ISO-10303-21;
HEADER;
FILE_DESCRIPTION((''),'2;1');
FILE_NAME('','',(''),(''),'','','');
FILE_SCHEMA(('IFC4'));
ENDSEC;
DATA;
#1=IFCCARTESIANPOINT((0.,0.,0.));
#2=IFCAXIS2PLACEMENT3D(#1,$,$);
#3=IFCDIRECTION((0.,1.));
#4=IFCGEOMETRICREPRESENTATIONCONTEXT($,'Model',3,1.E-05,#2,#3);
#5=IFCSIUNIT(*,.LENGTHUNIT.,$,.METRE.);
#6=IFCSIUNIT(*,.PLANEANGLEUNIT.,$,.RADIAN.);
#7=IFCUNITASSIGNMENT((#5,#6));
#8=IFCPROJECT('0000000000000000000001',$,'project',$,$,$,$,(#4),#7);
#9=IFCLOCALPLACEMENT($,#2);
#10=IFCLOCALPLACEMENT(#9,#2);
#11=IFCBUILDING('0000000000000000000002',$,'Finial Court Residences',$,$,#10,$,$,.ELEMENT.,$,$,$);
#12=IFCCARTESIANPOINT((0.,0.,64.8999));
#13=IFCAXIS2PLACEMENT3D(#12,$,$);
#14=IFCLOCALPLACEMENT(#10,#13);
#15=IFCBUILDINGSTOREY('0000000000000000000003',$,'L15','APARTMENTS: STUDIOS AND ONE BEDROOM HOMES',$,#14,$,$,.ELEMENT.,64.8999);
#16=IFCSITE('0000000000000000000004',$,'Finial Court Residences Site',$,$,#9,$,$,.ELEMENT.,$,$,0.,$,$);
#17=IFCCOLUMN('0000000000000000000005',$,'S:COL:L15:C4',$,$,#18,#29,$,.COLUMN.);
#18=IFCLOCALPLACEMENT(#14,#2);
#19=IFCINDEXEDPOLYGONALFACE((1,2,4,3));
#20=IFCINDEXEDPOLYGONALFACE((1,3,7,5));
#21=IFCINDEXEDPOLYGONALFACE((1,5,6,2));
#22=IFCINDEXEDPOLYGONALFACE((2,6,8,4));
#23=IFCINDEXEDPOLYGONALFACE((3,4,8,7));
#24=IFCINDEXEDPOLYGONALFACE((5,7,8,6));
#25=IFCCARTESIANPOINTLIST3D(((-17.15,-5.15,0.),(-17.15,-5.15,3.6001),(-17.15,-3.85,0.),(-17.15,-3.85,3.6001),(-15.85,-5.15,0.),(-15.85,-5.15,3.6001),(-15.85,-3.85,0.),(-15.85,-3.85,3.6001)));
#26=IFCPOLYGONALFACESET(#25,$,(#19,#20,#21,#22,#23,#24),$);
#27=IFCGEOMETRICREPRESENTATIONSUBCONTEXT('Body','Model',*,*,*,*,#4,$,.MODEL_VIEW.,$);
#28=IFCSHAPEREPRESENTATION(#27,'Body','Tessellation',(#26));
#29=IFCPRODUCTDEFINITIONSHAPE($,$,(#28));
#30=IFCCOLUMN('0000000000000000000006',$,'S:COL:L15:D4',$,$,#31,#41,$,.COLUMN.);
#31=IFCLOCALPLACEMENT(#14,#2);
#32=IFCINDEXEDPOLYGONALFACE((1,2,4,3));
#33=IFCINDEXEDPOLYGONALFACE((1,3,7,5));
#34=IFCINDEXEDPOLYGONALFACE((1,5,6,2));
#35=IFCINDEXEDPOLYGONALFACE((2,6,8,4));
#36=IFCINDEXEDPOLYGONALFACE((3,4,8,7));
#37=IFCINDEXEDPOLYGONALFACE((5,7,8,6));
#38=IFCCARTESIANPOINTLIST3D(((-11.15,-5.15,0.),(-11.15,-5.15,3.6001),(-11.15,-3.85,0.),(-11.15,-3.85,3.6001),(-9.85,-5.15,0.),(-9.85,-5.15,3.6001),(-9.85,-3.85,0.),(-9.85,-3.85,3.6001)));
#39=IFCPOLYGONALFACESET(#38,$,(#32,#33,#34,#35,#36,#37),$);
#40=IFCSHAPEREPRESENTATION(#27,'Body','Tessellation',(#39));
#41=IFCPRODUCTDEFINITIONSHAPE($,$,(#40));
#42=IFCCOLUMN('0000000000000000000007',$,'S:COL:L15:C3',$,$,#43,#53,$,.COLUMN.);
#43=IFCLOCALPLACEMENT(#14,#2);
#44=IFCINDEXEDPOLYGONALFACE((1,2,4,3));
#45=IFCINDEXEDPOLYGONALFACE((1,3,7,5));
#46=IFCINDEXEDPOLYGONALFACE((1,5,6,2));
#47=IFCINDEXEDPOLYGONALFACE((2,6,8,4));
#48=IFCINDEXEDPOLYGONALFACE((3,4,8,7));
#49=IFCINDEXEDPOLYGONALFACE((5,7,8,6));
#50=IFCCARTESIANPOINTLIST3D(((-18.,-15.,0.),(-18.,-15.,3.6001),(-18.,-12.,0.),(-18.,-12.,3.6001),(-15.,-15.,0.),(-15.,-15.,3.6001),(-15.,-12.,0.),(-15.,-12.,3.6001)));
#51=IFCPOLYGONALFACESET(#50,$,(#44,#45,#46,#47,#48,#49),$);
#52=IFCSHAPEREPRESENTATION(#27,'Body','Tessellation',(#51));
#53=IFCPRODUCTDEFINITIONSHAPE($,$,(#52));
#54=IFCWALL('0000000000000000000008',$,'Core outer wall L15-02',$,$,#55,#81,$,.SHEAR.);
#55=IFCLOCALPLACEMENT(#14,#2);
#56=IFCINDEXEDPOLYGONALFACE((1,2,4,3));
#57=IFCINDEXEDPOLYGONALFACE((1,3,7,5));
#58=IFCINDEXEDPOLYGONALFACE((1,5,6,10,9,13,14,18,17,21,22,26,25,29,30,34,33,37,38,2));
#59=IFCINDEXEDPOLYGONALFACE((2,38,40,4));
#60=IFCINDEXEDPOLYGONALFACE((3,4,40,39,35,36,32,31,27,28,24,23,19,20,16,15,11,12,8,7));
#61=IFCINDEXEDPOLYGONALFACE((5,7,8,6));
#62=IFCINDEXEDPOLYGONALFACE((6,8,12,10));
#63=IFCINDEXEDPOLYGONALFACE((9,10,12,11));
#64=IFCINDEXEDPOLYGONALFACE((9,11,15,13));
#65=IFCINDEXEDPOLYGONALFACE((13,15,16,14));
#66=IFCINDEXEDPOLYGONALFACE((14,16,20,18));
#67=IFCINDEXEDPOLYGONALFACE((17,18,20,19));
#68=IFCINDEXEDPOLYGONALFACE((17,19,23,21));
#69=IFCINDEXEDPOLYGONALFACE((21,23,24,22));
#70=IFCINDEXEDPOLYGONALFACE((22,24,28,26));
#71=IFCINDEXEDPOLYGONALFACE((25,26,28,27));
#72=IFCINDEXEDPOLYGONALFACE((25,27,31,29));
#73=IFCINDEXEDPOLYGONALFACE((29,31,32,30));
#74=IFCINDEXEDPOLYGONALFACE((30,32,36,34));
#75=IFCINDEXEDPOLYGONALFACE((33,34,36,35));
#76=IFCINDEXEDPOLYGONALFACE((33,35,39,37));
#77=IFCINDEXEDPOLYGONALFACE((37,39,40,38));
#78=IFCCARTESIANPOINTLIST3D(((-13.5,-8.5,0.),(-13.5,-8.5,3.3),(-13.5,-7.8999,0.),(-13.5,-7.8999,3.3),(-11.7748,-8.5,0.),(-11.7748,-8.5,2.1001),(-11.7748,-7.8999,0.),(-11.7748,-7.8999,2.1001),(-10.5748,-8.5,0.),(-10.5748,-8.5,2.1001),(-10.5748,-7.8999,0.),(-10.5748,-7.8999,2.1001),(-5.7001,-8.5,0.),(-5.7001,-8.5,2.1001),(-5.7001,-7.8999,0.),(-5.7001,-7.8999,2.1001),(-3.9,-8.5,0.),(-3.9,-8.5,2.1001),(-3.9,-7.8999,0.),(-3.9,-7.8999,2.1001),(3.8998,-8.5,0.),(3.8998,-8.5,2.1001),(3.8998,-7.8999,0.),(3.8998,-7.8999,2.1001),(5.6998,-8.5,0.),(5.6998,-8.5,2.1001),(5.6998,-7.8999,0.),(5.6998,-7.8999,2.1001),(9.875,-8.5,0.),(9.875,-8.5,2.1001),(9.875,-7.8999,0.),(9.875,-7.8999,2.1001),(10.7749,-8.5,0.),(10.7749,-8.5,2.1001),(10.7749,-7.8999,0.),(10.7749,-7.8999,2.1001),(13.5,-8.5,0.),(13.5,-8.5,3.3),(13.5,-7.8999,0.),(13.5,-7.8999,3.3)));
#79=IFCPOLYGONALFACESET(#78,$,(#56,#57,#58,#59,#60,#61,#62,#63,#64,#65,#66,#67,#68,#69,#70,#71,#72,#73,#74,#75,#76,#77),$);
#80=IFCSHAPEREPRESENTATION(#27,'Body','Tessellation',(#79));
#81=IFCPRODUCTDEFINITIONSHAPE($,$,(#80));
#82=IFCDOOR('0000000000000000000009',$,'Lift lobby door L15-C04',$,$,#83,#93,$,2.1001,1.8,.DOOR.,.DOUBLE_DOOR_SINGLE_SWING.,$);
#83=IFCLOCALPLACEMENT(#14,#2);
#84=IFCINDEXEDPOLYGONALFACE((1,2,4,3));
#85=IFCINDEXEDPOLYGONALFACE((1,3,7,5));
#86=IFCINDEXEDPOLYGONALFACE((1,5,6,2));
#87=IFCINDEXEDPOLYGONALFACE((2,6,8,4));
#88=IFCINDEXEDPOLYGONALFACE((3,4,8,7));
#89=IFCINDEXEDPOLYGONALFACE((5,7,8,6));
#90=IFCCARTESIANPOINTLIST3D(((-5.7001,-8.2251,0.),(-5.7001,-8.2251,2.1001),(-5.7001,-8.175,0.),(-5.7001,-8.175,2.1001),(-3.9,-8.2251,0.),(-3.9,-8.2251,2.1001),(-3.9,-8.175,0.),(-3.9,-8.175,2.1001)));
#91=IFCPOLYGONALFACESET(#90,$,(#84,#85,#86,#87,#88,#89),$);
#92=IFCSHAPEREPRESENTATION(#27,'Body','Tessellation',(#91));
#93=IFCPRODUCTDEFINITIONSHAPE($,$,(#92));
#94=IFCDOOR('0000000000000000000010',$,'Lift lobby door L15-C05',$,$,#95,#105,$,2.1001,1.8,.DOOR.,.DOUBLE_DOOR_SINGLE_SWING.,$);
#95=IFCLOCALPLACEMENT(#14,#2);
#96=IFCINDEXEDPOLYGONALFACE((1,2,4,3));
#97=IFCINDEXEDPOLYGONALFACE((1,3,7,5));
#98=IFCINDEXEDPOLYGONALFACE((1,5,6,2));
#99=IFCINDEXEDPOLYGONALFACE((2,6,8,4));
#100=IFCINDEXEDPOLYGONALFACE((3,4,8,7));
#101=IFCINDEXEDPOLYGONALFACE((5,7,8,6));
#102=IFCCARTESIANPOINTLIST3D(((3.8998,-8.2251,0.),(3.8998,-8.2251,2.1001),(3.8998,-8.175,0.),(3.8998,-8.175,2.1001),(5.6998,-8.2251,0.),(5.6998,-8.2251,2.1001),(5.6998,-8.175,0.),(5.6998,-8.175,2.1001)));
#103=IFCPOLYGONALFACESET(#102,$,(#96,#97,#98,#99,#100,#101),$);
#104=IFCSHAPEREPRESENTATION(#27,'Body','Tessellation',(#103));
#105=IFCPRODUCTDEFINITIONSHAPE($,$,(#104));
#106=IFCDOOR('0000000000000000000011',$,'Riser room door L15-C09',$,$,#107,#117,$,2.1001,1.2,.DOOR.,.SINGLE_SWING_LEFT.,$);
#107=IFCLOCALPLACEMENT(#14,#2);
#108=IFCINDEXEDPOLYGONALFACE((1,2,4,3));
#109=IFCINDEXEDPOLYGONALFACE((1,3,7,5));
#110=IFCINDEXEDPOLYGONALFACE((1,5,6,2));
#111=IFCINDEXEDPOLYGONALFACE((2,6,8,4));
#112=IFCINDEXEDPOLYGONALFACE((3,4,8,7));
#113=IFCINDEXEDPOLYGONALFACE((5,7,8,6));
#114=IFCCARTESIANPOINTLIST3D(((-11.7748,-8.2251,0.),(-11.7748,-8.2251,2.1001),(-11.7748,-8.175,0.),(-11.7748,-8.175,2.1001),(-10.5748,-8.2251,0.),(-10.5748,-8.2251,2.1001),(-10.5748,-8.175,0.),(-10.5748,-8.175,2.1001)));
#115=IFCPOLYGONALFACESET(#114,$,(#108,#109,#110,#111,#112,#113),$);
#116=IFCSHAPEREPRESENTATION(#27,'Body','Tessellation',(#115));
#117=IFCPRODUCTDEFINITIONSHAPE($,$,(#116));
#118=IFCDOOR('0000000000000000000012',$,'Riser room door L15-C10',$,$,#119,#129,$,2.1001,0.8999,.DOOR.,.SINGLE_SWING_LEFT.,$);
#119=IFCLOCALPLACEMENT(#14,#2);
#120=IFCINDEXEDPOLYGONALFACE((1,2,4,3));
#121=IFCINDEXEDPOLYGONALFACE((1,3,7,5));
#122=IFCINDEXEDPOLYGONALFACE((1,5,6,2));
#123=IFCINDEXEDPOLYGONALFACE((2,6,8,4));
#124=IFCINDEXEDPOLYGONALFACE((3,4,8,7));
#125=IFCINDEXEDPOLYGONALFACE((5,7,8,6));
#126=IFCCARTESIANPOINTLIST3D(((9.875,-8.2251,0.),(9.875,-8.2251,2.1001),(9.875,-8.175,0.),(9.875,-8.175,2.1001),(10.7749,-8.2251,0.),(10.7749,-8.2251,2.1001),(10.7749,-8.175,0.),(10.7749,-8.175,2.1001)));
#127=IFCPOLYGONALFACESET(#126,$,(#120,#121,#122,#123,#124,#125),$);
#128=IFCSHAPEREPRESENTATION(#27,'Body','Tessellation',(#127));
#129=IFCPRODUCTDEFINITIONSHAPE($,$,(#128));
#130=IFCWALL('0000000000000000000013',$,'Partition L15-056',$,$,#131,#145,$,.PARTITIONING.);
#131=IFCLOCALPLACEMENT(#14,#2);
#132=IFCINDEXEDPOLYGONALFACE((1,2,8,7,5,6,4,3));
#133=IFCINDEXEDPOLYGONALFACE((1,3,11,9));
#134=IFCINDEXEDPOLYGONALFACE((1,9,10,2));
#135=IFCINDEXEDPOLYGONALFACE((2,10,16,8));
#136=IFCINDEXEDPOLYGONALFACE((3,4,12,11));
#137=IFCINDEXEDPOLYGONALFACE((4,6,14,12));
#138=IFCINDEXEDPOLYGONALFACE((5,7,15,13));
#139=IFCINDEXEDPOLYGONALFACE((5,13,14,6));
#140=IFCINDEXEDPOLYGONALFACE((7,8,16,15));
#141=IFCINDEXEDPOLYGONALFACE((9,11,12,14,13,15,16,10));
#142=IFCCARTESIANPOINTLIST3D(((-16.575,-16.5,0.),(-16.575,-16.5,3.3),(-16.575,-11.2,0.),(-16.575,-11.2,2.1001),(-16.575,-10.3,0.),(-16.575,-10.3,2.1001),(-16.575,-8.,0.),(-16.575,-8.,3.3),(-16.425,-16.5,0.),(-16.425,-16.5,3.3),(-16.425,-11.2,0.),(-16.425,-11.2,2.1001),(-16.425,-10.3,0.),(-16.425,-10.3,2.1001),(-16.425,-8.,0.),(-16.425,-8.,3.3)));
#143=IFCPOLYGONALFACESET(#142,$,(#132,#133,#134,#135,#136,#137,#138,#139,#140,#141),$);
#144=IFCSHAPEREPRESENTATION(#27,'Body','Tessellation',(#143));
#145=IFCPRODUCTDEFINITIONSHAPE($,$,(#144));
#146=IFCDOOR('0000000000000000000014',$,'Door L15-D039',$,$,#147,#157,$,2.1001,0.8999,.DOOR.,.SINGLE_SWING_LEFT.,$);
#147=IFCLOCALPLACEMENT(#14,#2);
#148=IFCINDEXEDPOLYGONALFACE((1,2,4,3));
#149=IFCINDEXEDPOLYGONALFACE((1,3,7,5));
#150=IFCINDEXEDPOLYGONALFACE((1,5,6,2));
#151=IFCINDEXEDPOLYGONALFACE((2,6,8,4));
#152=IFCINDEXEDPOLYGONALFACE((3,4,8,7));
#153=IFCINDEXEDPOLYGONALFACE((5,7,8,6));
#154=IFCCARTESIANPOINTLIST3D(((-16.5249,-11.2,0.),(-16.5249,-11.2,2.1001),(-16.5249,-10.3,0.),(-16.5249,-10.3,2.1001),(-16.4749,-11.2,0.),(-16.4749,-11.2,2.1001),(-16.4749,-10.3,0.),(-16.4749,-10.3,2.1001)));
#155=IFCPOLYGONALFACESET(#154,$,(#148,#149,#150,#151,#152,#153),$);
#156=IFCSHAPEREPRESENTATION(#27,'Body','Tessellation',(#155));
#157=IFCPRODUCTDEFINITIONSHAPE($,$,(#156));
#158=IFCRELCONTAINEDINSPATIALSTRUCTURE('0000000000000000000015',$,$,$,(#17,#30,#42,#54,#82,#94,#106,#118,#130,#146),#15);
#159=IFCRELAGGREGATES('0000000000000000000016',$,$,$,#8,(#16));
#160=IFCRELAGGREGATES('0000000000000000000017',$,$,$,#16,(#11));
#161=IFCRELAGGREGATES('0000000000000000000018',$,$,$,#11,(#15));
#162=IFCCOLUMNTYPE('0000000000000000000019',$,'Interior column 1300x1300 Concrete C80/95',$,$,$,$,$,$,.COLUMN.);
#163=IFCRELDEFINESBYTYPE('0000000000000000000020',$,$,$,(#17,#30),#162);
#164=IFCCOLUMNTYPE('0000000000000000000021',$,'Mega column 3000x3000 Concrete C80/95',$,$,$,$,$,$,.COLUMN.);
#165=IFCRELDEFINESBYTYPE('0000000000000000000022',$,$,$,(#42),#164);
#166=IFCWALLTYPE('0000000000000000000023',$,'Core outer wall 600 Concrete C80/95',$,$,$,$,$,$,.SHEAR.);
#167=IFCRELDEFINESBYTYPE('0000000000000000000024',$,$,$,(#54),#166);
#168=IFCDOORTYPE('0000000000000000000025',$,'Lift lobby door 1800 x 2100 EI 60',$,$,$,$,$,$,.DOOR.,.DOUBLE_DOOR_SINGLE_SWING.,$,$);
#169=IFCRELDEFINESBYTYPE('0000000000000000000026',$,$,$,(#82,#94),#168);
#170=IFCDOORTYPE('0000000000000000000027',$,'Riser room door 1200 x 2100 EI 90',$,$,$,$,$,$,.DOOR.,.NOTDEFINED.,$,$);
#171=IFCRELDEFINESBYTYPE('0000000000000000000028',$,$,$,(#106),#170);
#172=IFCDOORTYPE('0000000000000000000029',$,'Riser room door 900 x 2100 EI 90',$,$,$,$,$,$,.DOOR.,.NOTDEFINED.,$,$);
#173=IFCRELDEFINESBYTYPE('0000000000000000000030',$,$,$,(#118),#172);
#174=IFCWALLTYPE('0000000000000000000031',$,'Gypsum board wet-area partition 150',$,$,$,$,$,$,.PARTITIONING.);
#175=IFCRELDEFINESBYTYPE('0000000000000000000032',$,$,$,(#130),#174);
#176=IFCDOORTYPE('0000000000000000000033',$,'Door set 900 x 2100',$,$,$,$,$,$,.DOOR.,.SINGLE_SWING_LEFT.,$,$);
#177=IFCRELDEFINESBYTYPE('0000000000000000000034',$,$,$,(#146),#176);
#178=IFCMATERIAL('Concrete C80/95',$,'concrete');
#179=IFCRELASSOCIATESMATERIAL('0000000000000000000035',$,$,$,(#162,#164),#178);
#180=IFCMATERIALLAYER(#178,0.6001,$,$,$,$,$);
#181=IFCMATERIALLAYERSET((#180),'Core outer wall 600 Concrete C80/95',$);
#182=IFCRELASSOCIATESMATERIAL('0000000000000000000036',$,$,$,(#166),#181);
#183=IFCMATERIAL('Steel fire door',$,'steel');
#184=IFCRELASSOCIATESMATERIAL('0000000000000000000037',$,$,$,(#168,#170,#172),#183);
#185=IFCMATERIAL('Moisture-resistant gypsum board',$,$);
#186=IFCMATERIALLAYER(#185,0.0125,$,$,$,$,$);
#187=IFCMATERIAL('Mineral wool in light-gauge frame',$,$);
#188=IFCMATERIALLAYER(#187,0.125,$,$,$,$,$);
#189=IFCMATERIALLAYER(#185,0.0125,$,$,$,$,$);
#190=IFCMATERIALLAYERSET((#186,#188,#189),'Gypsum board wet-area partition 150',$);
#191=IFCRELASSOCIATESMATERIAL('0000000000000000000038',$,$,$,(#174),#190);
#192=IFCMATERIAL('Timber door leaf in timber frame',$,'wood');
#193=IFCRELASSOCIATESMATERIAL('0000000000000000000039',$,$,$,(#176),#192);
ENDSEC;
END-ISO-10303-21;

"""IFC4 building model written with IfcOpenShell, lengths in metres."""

from ifc_helpers import new_model, si_unit, direction, frame, frame_2d, origin, origin_2d, place, context, subcontext, project, spatial, rectangle, extrude, material, layer, layer_set, material_profile, profile_set, type_object, element, fill, save


model = new_model("IFC4")

# Units and contexts
model_context = context("Model", 3, precision=1e-05, world=origin(), true_north=direction((0.0, 1.0)))
body_context = subcontext(model_context, "Body", "Model", "MODEL_VIEW")
ifc_project = project(units=[si_unit("LENGTHUNIT", "METRE"), si_unit("PLANEANGLEUNIT", "RADIAN")], contexts=[model_context])

# Site, building, storey
site_placement = place(None, origin())
site = spatial("IfcSite", under=ifc_project, at=site_placement, Name="Finial Court Residences Site", CompositionType="ELEMENT", RefElevation=0.0)
building_placement = place(site_placement, origin())
building = spatial("IfcBuilding", under=site, at=building_placement, Name="Finial Court Residences", CompositionType="ELEMENT")
storey_placement = place(building_placement, frame((0.0, 0.0, 64.8999)))
storey = spatial("IfcBuildingStorey", under=building, at=storey_placement, Name="L15", Description="APARTMENTS: STUDIOS AND ONE BEDROOM HOMES", CompositionType="ELEMENT", Elevation=64.8999)

# Columns
ifc_material_1 = material(Name="Concrete C80/95", Category="concrete")
ifc_material_profile_1 = material_profile(ifc_material_1, rectangle(XDim=1.3, YDim=1.3, at=origin_2d()), Name="1300x1300")
ifc_profile_set_1 = profile_set([ifc_material_profile_1], Name="Concrete C80/95")
column_type_1 = type_object("IfcColumnType", Name="Interior column 1300x1300 Concrete C80/95", PredefinedType="COLUMN", material=ifc_profile_set_1)
for number, where, z_axis, x_axis, name in (
    (1, (-16.5, -4.5, 0.0), (0.0, 0.0, 1.0), (1.0, 0.0, 0.0), "S:COL:L15:C4"),
    (2, (-10.5, -4.5, 0.0), (0.0, 0.0, 1.0), (1.0, 0.0, 0.0), "S:COL:L15:D4"),
):
    element("IfcColumn", number, at=place(storey_placement, frame(where, z_axis=z_axis, x_axis=x_axis)), inside=storey, type_object=column_type_1, Name=name, PredefinedType="COLUMN", context=body_context, shape_type="SweptSolid", body=[
        extrude(rectangle(XDim=1.3, YDim=1.3, at=origin_2d()), origin(), (0.0, 0.0, 1.0), 3.6001),
    ])
ifc_material_profile_2 = material_profile(ifc_material_1, rectangle(XDim=3.0, YDim=3.0, at=origin_2d()), Name="3000x3000")
ifc_profile_set_2 = profile_set([ifc_material_profile_2], Name="Concrete C80/95")
column_type_2 = type_object("IfcColumnType", Name="Mega column 3000x3000 Concrete C80/95", PredefinedType="COLUMN", material=ifc_profile_set_2)
column_placement = place(storey_placement, frame((-16.5, -13.5, 0.0), z_axis=(0.0, 0.0, 1.0), x_axis=(1.0, 0.0, 0.0)))
element("IfcColumn", 3, at=column_placement, inside=storey, type_object=column_type_2, Name="S:COL:L15:C3", PredefinedType="COLUMN", context=body_context, shape_type="SweptSolid", body=[
    extrude(rectangle(XDim=3.0, YDim=3.0, at=origin_2d()), origin(), (0.0, 0.0, 1.0), 3.6001),
])

# Wall, openings, doors
ifc_layer_1 = layer(ifc_material_1, 0.6001)
ifc_layer_set_1 = layer_set([ifc_layer_1], Name="Core outer wall 600 Concrete C80/95")
wall_type_1 = type_object("IfcWallType", Name="Core outer wall 600 Concrete C80/95", PredefinedType="SHEAR", material=ifc_layer_set_1)
wall_1_placement = place(storey_placement, frame((-13.5, -8.2, 0.0), z_axis=(0.0, 0.0, 1.0), x_axis=(1.0, 0.0, 0.0)))
wall_1 = element("IfcWall", 4, at=wall_1_placement, inside=storey, type_object=wall_type_1, Name="Core outer wall L15-02", PredefinedType="SHEAR", context=body_context, shape_type="SweptSolid", body=[
    extrude(rectangle(XDim=27.0, YDim=0.6001, at=frame_2d((13.5, 0.0))), origin(), (0.0, 0.0, 1.0), 3.3),
])
opening_1_placement = place(wall_1_placement, frame((7.8, 0.0, 0.0)))
opening_1 = element("IfcOpeningElement", 5, at=opening_1_placement, cuts=wall_1, PredefinedType="OPENING", context=body_context, shape_type="SweptSolid", body=[
    extrude(rectangle(XDim=1.8, YDim=2.1001, at=frame_2d((0.8999, 1.05))), frame((0.0, 0.3101, 0.0), z_axis=(0.0, -1.0, 0.0), x_axis=(1.0, 0.0, 0.0)), (0.0, 0.0, 1.0), 0.6201),
])
opening_2_placement = place(wall_1_placement, frame((17.3999, 0.0, 0.0)))
opening_2 = element("IfcOpeningElement", 6, at=opening_2_placement, cuts=wall_1, PredefinedType="OPENING", context=body_context, shape_type="SweptSolid", body=[
    extrude(rectangle(XDim=1.8, YDim=2.1001, at=frame_2d((0.8999, 1.05))), frame((0.0, 0.3101, 0.0), z_axis=(0.0, -1.0, 0.0), x_axis=(1.0, 0.0, 0.0)), (0.0, 0.0, 1.0), 0.6201),
])
opening_3_placement = place(wall_1_placement, frame((1.7251, 0.0, 0.0)))
opening_3 = element("IfcOpeningElement", 7, at=opening_3_placement, cuts=wall_1, PredefinedType="OPENING", context=body_context, shape_type="SweptSolid", body=[
    extrude(rectangle(XDim=1.2, YDim=2.1001, at=frame_2d((0.6001, 1.05))), frame((0.0, 0.3101, 0.0), z_axis=(0.0, -1.0, 0.0), x_axis=(1.0, 0.0, 0.0)), (0.0, 0.0, 1.0), 0.6201),
])
opening_4_placement = place(wall_1_placement, frame((23.375, 0.0, 0.0)))
opening_4 = element("IfcOpeningElement", 8, at=opening_4_placement, cuts=wall_1, PredefinedType="OPENING", context=body_context, shape_type="SweptSolid", body=[
    extrude(rectangle(XDim=0.8999, YDim=2.1001, at=frame_2d((0.45, 1.05))), frame((0.0, 0.3101, 0.0), z_axis=(0.0, -1.0, 0.0), x_axis=(1.0, 0.0, 0.0)), (0.0, 0.0, 1.0), 0.6201),
])
ifc_material_2 = material(Name="Steel fire door", Category="steel")
door_type_1 = type_object("IfcDoorType", Name="Lift lobby door 1800 x 2100 EI 60", OperationType="DOUBLE_DOOR_SINGLE_SWING", PredefinedType="DOOR", material=ifc_material_2)
door_1_placement = place(opening_1_placement, origin())
door_1 = element("IfcDoor", 9, at=door_1_placement, inside=storey, type_object=door_type_1, Name="Lift lobby door L15-C04", OperationType="DOUBLE_DOOR_SINGLE_SWING", OverallHeight=2.1001, OverallWidth=1.8, PredefinedType="DOOR", context=body_context, shape_type="SweptSolid", body=[
    extrude(rectangle(XDim=1.8, YDim=2.1001, at=frame_2d((0.8999, 1.05))), frame((0.0, 0.0249, 0.0), z_axis=(0.0, -1.0, 0.0), x_axis=(1.0, 0.0, 0.0)), (0.0, 0.0, 1.0), 0.05),
])
fill(opening_1, door_1)
door_2_placement = place(opening_2_placement, origin())
door_2 = element("IfcDoor", 10, at=door_2_placement, inside=storey, type_object=door_type_1, Name="Lift lobby door L15-C05", OperationType="DOUBLE_DOOR_SINGLE_SWING", OverallHeight=2.1001, OverallWidth=1.8, PredefinedType="DOOR", context=body_context, shape_type="SweptSolid", body=[
    extrude(rectangle(XDim=1.8, YDim=2.1001, at=frame_2d((0.8999, 1.05))), frame((0.0, 0.0249, 0.0), z_axis=(0.0, -1.0, 0.0), x_axis=(1.0, 0.0, 0.0)), (0.0, 0.0, 1.0), 0.05),
])
fill(opening_2, door_2)
door_type_2 = type_object("IfcDoorType", Name="Riser room door 1200 x 2100 EI 90", OperationType="NOTDEFINED", PredefinedType="DOOR", material=ifc_material_2)
door_3_placement = place(opening_3_placement, origin())
door_3 = element("IfcDoor", 11, at=door_3_placement, inside=storey, type_object=door_type_2, Name="Riser room door L15-C09", OperationType="SINGLE_SWING_LEFT", OverallHeight=2.1001, OverallWidth=1.2, PredefinedType="DOOR", context=body_context, shape_type="SweptSolid", body=[
    extrude(rectangle(XDim=1.2, YDim=2.1001, at=frame_2d((0.6001, 1.05))), frame((0.0, 0.0249, 0.0), z_axis=(0.0, -1.0, 0.0), x_axis=(1.0, 0.0, 0.0)), (0.0, 0.0, 1.0), 0.05),
])
fill(opening_3, door_3)
door_type_3 = type_object("IfcDoorType", Name="Riser room door 900 x 2100 EI 90", OperationType="NOTDEFINED", PredefinedType="DOOR", material=ifc_material_2)
door_4_placement = place(opening_4_placement, origin())
door_4 = element("IfcDoor", 12, at=door_4_placement, inside=storey, type_object=door_type_3, Name="Riser room door L15-C10", OperationType="SINGLE_SWING_LEFT", OverallHeight=2.1001, OverallWidth=0.8999, PredefinedType="DOOR", context=body_context, shape_type="SweptSolid", body=[
    extrude(rectangle(XDim=0.8999, YDim=2.1001, at=frame_2d((0.45, 1.05))), frame((0.0, 0.0249, 0.0), z_axis=(0.0, -1.0, 0.0), x_axis=(1.0, 0.0, 0.0)), (0.0, 0.0, 1.0), 0.05),
])
fill(opening_4, door_4)

# Wall, opening, door
ifc_material_3 = material(Name="Moisture-resistant gypsum board")
ifc_layer_2 = layer(ifc_material_3, 0.0125)
ifc_material_4 = material(Name="Mineral wool in light-gauge frame")
ifc_layer_3 = layer(ifc_material_4, 0.125)
ifc_layer_4 = layer(ifc_material_3, 0.0125)
ifc_layer_set_2 = layer_set([ifc_layer_2, ifc_layer_3, ifc_layer_4], Name="Gypsum board wet-area partition 150")
wall_type_2 = type_object("IfcWallType", Name="Gypsum board wet-area partition 150", PredefinedType="PARTITIONING", material=ifc_layer_set_2)
wall_2_placement = place(storey_placement, frame((-16.5, -16.5, 0.0), z_axis=(0.0, 0.0, 1.0), x_axis=(0.0, 1.0, 0.0)))
wall_2 = element("IfcWall", 13, at=wall_2_placement, inside=storey, type_object=wall_type_2, Name="Partition L15-056", PredefinedType="PARTITIONING", context=body_context, shape_type="SweptSolid", body=[
    extrude(rectangle(XDim=8.5, YDim=0.1499, at=frame_2d((4.25, 0.0))), origin(), (0.0, 0.0, 1.0), 3.3),
])
opening_5_placement = place(wall_2_placement, frame((5.3, 0.0, 0.0)))
opening_5 = element("IfcOpeningElement", 14, at=opening_5_placement, cuts=wall_2, PredefinedType="OPENING", context=body_context, shape_type="SweptSolid", body=[
    extrude(rectangle(XDim=0.8999, YDim=2.1001, at=frame_2d((0.45, 1.05))), frame((0.0, 0.085, 0.0), z_axis=(0.0, -1.0, 0.0), x_axis=(1.0, 0.0, 0.0)), (0.0, 0.0, 1.0), 0.1699),
])
ifc_material_5 = material(Name="Timber door leaf in timber frame", Category="wood")
door_type_4 = type_object("IfcDoorType", Name="Door set 900 x 2100", OperationType="SINGLE_SWING_LEFT", PredefinedType="DOOR", material=ifc_material_5)
door_5_placement = place(opening_5_placement, origin())
door_5 = element("IfcDoor", 15, at=door_5_placement, inside=storey, type_object=door_type_4, Name="Door L15-D039", OperationType="SINGLE_SWING_LEFT", OverallHeight=2.1001, OverallWidth=0.8999, PredefinedType="DOOR", context=body_context, shape_type="SweptSolid", body=[
    extrude(rectangle(XDim=0.8999, YDim=2.1001, at=frame_2d((0.45, 1.05))), frame((0.0, 0.0249, 0.0), z_axis=(0.0, -1.0, 0.0), x_axis=(1.0, 0.0, 0.0)), (0.0, 0.0, 1.0), 0.05),
])
fill(opening_5, door_5)

save(model, "model.ifc")
